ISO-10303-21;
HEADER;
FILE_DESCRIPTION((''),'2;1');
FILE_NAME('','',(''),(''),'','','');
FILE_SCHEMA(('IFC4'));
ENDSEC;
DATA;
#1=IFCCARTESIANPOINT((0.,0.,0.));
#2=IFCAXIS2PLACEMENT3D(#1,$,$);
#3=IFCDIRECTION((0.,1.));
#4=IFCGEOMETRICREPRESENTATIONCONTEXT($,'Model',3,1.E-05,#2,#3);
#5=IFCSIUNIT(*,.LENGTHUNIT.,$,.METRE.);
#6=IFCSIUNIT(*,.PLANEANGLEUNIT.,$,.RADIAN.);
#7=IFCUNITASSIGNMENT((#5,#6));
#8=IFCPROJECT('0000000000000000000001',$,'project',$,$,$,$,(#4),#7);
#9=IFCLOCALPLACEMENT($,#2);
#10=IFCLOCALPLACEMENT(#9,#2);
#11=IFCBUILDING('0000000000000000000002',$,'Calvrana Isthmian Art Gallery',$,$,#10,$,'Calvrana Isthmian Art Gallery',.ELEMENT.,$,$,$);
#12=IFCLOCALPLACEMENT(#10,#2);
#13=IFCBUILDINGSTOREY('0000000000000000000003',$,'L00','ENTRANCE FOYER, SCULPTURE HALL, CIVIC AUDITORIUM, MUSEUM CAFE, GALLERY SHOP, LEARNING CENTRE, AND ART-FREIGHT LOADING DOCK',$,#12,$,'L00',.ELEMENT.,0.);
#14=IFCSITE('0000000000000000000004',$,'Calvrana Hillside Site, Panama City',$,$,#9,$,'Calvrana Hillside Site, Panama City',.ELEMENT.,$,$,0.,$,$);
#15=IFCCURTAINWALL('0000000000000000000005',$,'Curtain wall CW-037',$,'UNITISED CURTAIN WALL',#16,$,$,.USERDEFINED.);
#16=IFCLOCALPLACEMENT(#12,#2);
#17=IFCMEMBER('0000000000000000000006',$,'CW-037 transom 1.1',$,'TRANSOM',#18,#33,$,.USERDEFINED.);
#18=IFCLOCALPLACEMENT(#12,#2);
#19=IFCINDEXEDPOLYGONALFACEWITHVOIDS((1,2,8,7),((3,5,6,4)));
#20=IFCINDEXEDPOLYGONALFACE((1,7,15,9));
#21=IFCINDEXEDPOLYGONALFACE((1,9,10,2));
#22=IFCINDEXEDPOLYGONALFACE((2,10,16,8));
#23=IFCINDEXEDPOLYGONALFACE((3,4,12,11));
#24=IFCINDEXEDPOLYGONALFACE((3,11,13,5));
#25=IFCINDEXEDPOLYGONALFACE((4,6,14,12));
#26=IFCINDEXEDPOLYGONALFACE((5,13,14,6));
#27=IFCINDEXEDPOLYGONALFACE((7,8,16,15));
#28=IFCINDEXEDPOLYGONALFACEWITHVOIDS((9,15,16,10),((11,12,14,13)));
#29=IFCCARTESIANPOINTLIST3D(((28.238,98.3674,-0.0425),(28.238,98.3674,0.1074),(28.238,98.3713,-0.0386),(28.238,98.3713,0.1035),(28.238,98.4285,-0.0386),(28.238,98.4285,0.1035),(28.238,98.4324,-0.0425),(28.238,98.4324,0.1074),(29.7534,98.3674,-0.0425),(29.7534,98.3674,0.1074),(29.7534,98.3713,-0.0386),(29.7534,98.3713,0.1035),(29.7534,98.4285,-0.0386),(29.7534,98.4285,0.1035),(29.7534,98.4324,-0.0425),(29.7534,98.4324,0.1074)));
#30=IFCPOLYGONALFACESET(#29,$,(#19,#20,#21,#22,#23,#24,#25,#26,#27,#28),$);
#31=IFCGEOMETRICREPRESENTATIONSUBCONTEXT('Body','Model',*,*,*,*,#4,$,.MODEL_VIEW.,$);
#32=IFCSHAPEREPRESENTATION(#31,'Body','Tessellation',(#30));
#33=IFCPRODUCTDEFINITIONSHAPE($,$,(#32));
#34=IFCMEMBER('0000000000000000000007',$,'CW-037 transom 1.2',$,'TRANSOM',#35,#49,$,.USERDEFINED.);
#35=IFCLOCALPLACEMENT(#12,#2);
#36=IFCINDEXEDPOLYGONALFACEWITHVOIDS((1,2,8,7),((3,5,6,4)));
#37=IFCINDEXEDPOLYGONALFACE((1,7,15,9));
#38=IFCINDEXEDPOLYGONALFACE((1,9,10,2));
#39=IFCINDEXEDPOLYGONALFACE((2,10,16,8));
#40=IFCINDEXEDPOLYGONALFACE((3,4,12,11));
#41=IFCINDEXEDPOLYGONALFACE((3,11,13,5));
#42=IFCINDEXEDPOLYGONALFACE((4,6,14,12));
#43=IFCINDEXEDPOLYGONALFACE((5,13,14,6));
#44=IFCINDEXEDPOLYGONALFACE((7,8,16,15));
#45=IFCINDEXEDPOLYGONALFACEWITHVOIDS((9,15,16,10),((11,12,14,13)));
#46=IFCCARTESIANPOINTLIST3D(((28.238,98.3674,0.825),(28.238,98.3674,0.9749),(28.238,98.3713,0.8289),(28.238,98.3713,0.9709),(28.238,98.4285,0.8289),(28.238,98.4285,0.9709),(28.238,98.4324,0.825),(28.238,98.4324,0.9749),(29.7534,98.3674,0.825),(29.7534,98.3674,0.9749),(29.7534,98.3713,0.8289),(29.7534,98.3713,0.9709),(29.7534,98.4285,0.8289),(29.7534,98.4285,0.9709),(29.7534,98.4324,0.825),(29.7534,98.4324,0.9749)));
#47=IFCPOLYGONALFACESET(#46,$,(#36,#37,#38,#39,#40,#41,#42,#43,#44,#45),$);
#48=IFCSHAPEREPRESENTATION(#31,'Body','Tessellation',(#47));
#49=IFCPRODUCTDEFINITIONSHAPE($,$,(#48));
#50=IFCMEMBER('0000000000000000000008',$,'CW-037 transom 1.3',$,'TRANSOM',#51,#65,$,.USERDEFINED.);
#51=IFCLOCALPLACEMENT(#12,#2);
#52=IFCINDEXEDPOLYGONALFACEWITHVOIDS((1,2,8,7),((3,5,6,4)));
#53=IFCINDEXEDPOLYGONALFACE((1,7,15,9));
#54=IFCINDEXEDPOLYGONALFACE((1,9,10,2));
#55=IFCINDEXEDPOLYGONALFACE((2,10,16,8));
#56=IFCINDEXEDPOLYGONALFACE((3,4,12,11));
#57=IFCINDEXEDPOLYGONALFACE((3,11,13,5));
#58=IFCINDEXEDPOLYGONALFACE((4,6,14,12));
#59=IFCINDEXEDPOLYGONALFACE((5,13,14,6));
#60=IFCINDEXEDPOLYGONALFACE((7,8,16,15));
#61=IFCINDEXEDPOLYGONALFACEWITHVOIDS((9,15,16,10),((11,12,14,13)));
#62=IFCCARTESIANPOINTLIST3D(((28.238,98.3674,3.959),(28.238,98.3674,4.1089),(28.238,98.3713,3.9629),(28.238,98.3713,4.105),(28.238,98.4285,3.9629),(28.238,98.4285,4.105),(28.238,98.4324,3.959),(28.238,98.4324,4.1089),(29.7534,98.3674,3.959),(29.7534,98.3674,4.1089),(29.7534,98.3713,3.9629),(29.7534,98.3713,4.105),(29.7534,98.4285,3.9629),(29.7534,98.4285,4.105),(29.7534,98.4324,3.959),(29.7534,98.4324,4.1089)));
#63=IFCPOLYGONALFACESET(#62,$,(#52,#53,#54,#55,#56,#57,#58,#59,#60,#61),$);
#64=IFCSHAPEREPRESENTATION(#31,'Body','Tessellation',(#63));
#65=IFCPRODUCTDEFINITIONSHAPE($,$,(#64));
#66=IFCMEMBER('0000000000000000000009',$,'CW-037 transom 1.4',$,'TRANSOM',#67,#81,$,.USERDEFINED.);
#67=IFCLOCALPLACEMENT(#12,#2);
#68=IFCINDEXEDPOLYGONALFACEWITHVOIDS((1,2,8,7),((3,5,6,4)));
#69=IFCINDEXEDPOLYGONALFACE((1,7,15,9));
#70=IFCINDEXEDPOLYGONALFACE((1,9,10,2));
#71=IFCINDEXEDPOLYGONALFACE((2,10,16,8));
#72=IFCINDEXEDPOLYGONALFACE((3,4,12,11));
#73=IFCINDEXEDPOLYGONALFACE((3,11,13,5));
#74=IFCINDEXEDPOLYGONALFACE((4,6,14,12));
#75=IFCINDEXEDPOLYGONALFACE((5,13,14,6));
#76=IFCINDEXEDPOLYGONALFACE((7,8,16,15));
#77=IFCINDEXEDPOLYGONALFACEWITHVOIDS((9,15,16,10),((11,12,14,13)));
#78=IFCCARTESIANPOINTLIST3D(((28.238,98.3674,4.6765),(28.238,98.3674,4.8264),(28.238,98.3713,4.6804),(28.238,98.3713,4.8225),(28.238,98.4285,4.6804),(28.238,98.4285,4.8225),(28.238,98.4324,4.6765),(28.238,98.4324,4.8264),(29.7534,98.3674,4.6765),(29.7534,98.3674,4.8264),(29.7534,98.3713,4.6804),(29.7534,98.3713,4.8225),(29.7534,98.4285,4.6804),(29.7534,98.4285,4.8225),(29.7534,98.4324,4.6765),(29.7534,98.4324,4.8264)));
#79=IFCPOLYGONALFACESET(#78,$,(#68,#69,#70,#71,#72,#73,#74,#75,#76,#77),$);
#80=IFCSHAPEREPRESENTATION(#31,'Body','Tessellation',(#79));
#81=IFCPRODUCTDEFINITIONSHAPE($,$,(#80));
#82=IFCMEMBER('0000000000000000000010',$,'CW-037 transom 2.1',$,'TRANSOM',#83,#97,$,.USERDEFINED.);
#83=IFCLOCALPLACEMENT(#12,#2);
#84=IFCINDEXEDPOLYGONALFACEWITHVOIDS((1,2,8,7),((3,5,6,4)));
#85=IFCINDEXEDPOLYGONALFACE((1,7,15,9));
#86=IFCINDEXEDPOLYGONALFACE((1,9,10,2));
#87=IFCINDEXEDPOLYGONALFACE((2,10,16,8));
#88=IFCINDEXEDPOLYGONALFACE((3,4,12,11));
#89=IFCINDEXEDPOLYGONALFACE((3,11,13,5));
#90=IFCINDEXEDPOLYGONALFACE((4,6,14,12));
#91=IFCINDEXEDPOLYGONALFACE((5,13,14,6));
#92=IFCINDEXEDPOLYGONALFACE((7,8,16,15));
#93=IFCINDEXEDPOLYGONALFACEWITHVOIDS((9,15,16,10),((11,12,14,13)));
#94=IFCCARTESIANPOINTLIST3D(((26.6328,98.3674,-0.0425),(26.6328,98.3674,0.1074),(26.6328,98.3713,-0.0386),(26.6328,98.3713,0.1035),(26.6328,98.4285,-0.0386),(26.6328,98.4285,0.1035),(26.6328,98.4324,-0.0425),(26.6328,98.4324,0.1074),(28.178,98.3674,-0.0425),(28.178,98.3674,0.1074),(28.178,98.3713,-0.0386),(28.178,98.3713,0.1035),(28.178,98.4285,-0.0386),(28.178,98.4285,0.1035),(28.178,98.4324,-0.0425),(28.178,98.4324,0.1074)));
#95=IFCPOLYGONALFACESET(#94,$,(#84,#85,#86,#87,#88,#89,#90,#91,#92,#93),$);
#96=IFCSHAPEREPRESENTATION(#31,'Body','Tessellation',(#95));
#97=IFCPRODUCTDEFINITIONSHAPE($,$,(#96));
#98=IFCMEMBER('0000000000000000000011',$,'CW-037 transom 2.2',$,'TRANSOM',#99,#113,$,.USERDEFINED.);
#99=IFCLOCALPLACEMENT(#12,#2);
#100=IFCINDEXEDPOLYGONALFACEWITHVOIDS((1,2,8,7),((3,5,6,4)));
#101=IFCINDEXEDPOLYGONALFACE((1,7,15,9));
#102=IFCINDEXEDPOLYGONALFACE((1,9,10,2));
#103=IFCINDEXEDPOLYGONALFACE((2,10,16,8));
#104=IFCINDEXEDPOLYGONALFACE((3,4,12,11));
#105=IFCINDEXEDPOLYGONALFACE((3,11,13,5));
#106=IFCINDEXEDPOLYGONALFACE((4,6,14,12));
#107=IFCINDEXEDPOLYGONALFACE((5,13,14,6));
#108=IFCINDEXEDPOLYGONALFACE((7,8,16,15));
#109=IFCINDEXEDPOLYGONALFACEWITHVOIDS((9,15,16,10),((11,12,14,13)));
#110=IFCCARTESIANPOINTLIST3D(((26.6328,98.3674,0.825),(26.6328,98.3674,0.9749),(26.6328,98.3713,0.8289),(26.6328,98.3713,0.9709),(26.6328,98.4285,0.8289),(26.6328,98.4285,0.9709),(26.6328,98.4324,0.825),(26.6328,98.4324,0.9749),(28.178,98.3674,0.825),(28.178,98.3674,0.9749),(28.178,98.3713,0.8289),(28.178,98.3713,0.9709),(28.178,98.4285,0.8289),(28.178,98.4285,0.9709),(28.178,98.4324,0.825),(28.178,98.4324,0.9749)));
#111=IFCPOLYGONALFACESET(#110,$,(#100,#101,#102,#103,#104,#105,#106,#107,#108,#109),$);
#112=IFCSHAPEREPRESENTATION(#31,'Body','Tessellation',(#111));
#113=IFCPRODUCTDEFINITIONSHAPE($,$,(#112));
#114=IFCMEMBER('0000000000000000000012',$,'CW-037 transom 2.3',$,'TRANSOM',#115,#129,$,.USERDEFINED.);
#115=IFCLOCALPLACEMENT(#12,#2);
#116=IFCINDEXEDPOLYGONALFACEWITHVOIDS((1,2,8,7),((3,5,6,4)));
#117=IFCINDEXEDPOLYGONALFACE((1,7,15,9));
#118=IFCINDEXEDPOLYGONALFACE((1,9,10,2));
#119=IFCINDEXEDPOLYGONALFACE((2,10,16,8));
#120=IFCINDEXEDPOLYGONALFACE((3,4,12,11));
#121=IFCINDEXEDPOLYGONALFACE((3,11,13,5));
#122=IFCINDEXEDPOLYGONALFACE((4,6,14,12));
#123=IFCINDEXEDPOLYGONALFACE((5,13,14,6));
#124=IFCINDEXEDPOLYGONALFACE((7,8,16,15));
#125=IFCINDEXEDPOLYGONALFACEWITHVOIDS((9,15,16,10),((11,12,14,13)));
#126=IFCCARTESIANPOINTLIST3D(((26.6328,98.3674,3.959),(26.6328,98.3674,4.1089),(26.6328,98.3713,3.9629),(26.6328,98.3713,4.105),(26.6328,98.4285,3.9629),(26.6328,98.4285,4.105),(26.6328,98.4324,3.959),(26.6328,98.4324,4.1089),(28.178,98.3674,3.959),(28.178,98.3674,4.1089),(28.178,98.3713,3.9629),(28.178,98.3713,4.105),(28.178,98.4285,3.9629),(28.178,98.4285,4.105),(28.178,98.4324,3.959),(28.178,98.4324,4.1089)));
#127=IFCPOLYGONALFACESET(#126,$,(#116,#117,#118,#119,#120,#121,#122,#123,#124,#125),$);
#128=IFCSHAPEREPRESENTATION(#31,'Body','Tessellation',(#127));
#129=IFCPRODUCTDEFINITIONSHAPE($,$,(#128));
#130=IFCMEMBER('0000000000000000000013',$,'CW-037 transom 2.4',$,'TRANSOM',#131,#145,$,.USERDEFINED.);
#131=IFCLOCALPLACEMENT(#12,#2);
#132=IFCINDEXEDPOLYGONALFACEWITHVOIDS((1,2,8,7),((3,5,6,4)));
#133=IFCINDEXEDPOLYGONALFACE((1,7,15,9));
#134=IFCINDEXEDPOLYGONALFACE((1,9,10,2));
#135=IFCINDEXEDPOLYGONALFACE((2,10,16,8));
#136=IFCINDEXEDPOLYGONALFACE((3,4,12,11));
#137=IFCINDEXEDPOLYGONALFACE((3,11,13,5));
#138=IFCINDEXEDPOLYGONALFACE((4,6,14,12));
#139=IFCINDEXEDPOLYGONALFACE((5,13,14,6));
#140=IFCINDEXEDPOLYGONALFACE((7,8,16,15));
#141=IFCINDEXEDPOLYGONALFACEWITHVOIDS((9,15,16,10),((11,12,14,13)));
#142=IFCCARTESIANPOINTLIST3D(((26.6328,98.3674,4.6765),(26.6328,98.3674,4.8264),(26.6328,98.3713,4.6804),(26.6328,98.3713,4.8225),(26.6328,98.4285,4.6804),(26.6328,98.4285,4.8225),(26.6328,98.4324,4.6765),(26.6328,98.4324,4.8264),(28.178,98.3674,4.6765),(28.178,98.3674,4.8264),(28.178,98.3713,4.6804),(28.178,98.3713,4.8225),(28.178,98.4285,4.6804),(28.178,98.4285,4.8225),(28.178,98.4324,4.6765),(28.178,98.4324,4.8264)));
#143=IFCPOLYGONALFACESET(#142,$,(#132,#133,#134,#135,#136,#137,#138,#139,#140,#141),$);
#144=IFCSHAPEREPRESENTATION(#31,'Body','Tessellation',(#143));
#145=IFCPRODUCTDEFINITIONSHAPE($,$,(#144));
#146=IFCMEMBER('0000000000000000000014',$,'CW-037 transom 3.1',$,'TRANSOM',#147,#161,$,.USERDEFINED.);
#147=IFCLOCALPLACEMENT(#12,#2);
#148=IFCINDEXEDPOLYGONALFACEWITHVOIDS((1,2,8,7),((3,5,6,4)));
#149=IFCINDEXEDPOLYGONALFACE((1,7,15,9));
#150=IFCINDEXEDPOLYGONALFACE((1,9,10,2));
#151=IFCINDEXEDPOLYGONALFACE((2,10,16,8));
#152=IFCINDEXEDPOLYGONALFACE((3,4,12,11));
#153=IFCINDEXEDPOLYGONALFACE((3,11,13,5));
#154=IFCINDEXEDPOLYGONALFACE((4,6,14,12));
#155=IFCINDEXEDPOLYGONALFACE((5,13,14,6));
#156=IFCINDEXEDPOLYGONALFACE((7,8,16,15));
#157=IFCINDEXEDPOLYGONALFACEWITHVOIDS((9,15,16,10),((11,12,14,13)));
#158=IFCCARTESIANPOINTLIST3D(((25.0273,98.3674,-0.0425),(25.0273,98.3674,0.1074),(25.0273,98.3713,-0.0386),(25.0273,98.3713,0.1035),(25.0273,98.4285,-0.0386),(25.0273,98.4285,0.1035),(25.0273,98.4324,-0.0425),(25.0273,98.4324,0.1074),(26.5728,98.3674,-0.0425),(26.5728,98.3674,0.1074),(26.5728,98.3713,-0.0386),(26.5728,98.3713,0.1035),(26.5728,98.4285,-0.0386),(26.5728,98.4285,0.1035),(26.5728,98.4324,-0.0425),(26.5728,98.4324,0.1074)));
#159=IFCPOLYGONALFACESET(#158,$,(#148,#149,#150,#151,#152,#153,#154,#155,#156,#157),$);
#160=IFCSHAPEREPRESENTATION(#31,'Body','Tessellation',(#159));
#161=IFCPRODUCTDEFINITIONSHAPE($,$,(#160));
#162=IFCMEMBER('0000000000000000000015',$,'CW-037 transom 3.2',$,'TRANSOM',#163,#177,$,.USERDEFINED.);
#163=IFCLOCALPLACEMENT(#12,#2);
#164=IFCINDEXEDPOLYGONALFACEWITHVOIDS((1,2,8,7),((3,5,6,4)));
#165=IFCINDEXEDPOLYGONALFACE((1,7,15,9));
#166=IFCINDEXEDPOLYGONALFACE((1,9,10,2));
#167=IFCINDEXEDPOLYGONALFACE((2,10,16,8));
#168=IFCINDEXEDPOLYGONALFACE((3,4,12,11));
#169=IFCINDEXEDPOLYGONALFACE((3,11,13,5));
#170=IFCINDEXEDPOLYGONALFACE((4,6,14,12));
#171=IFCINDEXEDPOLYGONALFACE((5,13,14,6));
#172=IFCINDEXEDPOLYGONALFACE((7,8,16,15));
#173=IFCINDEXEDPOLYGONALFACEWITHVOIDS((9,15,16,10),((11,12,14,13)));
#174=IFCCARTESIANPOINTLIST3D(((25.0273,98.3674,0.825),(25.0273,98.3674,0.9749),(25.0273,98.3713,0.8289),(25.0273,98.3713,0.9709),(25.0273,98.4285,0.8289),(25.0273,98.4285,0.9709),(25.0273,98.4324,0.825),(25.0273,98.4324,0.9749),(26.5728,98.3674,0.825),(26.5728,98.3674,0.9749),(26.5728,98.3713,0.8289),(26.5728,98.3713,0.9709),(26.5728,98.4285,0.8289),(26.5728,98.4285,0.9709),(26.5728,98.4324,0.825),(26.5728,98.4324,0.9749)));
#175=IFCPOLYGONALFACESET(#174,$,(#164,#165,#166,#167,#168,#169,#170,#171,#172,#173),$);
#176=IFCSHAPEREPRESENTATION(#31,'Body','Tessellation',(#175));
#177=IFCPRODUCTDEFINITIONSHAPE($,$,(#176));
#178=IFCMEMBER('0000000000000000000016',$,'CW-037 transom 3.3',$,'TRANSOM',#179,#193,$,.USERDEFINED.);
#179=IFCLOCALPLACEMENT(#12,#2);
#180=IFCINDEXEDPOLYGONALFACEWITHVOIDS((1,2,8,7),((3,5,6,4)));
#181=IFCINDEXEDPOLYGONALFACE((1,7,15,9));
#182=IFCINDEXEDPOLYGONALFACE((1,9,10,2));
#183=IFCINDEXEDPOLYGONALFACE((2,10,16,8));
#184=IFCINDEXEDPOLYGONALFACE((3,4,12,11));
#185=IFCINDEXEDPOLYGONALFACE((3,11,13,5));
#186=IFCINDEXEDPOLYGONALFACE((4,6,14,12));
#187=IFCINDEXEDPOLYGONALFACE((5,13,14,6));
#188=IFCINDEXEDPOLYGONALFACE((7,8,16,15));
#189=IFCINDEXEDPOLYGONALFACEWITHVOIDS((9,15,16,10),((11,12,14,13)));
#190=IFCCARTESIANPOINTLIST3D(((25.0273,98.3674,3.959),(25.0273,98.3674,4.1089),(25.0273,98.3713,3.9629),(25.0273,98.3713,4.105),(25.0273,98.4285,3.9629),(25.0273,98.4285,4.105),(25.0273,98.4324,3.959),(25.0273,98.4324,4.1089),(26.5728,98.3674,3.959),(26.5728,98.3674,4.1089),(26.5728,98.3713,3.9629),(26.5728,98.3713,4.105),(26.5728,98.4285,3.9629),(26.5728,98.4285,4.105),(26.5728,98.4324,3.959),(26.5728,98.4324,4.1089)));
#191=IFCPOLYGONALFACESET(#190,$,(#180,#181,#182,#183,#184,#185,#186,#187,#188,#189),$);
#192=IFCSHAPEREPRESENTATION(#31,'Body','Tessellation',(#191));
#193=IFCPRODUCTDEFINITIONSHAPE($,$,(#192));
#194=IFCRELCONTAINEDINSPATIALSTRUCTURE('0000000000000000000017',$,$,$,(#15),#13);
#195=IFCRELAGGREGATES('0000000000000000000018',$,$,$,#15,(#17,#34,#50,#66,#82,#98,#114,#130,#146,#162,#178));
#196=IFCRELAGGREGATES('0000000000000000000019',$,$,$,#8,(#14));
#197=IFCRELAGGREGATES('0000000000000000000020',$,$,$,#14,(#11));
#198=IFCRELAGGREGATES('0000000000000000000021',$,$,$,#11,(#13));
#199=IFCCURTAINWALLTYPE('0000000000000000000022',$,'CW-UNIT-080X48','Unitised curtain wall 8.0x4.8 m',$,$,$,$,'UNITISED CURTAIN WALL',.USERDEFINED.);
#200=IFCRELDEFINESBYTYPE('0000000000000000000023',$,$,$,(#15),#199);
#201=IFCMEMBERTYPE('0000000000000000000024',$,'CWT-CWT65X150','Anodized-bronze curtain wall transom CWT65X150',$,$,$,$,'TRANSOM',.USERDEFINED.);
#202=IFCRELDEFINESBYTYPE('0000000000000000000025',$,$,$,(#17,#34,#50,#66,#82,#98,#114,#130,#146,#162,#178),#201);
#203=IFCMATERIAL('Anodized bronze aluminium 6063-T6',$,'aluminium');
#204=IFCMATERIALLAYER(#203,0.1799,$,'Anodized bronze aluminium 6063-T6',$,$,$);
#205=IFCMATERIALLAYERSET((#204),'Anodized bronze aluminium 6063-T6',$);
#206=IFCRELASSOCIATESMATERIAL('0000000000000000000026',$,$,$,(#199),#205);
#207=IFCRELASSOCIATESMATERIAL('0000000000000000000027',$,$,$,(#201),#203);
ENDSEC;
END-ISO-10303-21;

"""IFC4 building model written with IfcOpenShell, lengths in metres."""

from ifc_helpers import new_model, si_unit, direction, frame, origin, origin_2d, place, context, subcontext, project, spatial, hollow_rectangle, extrude, material, layer, layer_set, material_profile, profile_set, type_object, element, aggregate, save


model = new_model("IFC4")

# Units and contexts
model_context = context("Model", 3, precision=1e-05, world=origin(), true_north=direction((0.0, 1.0)))
body_context = subcontext(model_context, "Body", "Model", "MODEL_VIEW")
ifc_project = project(units=[si_unit("LENGTHUNIT", "METRE"), si_unit("PLANEANGLEUNIT", "RADIAN")], contexts=[model_context])

# Site, building, storey
site_placement = place(None, origin())
site = spatial("IfcSite", under=ifc_project, at=site_placement, Name="Calvrana Hillside Site, Panama City", LongName="Calvrana Hillside Site, Panama City", CompositionType="ELEMENT", RefElevation=0.0)
building_placement = place(site_placement, origin())
building = spatial("IfcBuilding", under=site, at=building_placement, Name="Calvrana Isthmian Art Gallery", LongName="Calvrana Isthmian Art Gallery", CompositionType="ELEMENT")
storey_placement = place(building_placement, origin())
storey = spatial("IfcBuildingStorey", under=building, at=storey_placement, Name="L00", Description="ENTRANCE FOYER, SCULPTURE HALL, CIVIC AUDITORIUM, MUSEUM CAFE, GALLERY SHOP, LEARNING CENTRE, AND ART-FREIGHT LOADING DOCK", LongName="L00", CompositionType="ELEMENT", Elevation=0.0)

# Curtain wall, members
ifc_material_1 = material(Name="Anodized bronze aluminium 6063-T6", Category="aluminium")
ifc_layer_1 = layer(ifc_material_1, 0.1799, Name="Anodized bronze aluminium 6063-T6")
ifc_layer_set_1 = layer_set([ifc_layer_1], Name="Anodized bronze aluminium 6063-T6")
curtain_wall_type = type_object("IfcCurtainWallType", Name="CW-UNIT-080X48", Description="Unitised curtain wall 8.0x4.8 m", ElementType="UNITISED CURTAIN WALL", PredefinedType="USERDEFINED", material=ifc_layer_set_1)
curtain_wall_placement = place(storey_placement, origin())
curtain_wall = element("IfcCurtainWall", 1, at=curtain_wall_placement, inside=storey, type_object=curtain_wall_type, Name="Curtain wall CW-037", ObjectType="UNITISED CURTAIN WALL", PredefinedType="USERDEFINED")
ifc_material_profile_1 = material_profile(ifc_material_1, hollow_rectangle(XDim=0.0649, YDim=0.1499, WallThickness=0.0039, at=origin_2d()), Name="CWT65X150")
ifc_profile_set_1 = profile_set([ifc_material_profile_1], Name="Anodized bronze aluminium 6063-T6")
member_type_1 = type_object("IfcMemberType", Name="CWT-CWT65X150", Description="Anodized-bronze curtain wall transom CWT65X150", ElementType="TRANSOM", PredefinedType="USERDEFINED", material=ifc_profile_set_1)
member_1_placement = place(storey_placement, frame((29.7534, 98.3999, 0.0325), z_axis=(-1.0, 0.0, 0.0), x_axis=(0.0, -1.0, 0.0)))
member_1 = element("IfcMember", 2, at=member_1_placement, type_object=member_type_1, Name="CW-037 transom 1.1", ObjectType="TRANSOM", PredefinedType="USERDEFINED", context=body_context, shape_type="SweptSolid", body=[
    extrude(hollow_rectangle(XDim=0.0649, YDim=0.1499, WallThickness=0.0039, at=origin_2d()), origin(), (0.0, 0.0, 1.0), 1.5154),
])
member_2_placement = place(storey_placement, frame((29.7534, 98.3999, 0.8999), z_axis=(-1.0, 0.0, 0.0), x_axis=(0.0, -1.0, 0.0)))
member_2 = element("IfcMember", 3, at=member_2_placement, type_object=member_type_1, Name="CW-037 transom 1.2", ObjectType="TRANSOM", PredefinedType="USERDEFINED", context=body_context, shape_type="SweptSolid", body=[
    extrude(hollow_rectangle(XDim=0.0649, YDim=0.1499, WallThickness=0.0039, at=origin_2d()), origin(), (0.0, 0.0, 1.0), 1.5154),
])
member_3_placement = place(storey_placement, frame((29.7534, 98.3999, 4.0339), z_axis=(-1.0, 0.0, 0.0), x_axis=(0.0, -1.0, 0.0)))
member_3 = element("IfcMember", 4, at=member_3_placement, type_object=member_type_1, Name="CW-037 transom 1.3", ObjectType="TRANSOM", PredefinedType="USERDEFINED", context=body_context, shape_type="SweptSolid", body=[
    extrude(hollow_rectangle(XDim=0.0649, YDim=0.1499, WallThickness=0.0039, at=origin_2d()), origin(), (0.0, 0.0, 1.0), 1.5154),
])
member_4_placement = place(storey_placement, frame((29.7534, 98.3999, 4.7515), z_axis=(-1.0, 0.0, 0.0), x_axis=(0.0, -1.0, 0.0)))
member_4 = element("IfcMember", 5, at=member_4_placement, type_object=member_type_1, Name="CW-037 transom 1.4", ObjectType="TRANSOM", PredefinedType="USERDEFINED", context=body_context, shape_type="SweptSolid", body=[
    extrude(hollow_rectangle(XDim=0.0649, YDim=0.1499, WallThickness=0.0039, at=origin_2d()), origin(), (0.0, 0.0, 1.0), 1.5154),
])
member_5_placement = place(storey_placement, frame((28.178, 98.3999, 0.0325), z_axis=(-1.0, 0.0, 0.0), x_axis=(0.0, -1.0, 0.0)))
member_5 = element("IfcMember", 6, at=member_5_placement, type_object=member_type_1, Name="CW-037 transom 2.1", ObjectType="TRANSOM", PredefinedType="USERDEFINED", context=body_context, shape_type="SweptSolid", body=[
    extrude(hollow_rectangle(XDim=0.0649, YDim=0.1499, WallThickness=0.0039, at=origin_2d()), origin(), (0.0, 0.0, 1.0), 1.5452),
])
member_6_placement = place(storey_placement, frame((28.178, 98.3999, 0.8999), z_axis=(-1.0, 0.0, 0.0), x_axis=(0.0, -1.0, 0.0)))
member_6 = element("IfcMember", 7, at=member_6_placement, type_object=member_type_1, Name="CW-037 transom 2.2", ObjectType="TRANSOM", PredefinedType="USERDEFINED", context=body_context, shape_type="SweptSolid", body=[
    extrude(hollow_rectangle(XDim=0.0649, YDim=0.1499, WallThickness=0.0039, at=origin_2d()), origin(), (0.0, 0.0, 1.0), 1.5452),
])
member_7_placement = place(storey_placement, frame((28.178, 98.3999, 4.0339), z_axis=(-1.0, 0.0, 0.0), x_axis=(0.0, -1.0, 0.0)))
member_7 = element("IfcMember", 8, at=member_7_placement, type_object=member_type_1, Name="CW-037 transom 2.3", ObjectType="TRANSOM", PredefinedType="USERDEFINED", context=body_context, shape_type="SweptSolid", body=[
    extrude(hollow_rectangle(XDim=0.0649, YDim=0.1499, WallThickness=0.0039, at=origin_2d()), origin(), (0.0, 0.0, 1.0), 1.5452),
])
member_8_placement = place(storey_placement, frame((28.178, 98.3999, 4.7515), z_axis=(-1.0, 0.0, 0.0), x_axis=(0.0, -1.0, 0.0)))
member_8 = element("IfcMember", 9, at=member_8_placement, type_object=member_type_1, Name="CW-037 transom 2.4", ObjectType="TRANSOM", PredefinedType="USERDEFINED", context=body_context, shape_type="SweptSolid", body=[
    extrude(hollow_rectangle(XDim=0.0649, YDim=0.1499, WallThickness=0.0039, at=origin_2d()), origin(), (0.0, 0.0, 1.0), 1.5452),
])
member_9_placement = place(storey_placement, frame((26.5728, 98.3999, 0.0325), z_axis=(-1.0, 0.0, 0.0), x_axis=(0.0, -1.0, 0.0)))
member_9 = element("IfcMember", 10, at=member_9_placement, type_object=member_type_1, Name="CW-037 transom 3.1", ObjectType="TRANSOM", PredefinedType="USERDEFINED", context=body_context, shape_type="SweptSolid", body=[
    extrude(hollow_rectangle(XDim=0.0649, YDim=0.1499, WallThickness=0.0039, at=origin_2d()), origin(), (0.0, 0.0, 1.0), 1.5454),
])
member_10_placement = place(storey_placement, frame((26.5728, 98.3999, 0.8999), z_axis=(-1.0, 0.0, 0.0), x_axis=(0.0, -1.0, 0.0)))
member_10 = element("IfcMember", 11, at=member_10_placement, type_object=member_type_1, Name="CW-037 transom 3.2", ObjectType="TRANSOM", PredefinedType="USERDEFINED", context=body_context, shape_type="SweptSolid", body=[
    extrude(hollow_rectangle(XDim=0.0649, YDim=0.1499, WallThickness=0.0039, at=origin_2d()), origin(), (0.0, 0.0, 1.0), 1.5454),
])
member_11_placement = place(storey_placement, frame((26.5728, 98.3999, 4.0339), z_axis=(-1.0, 0.0, 0.0), x_axis=(0.0, -1.0, 0.0)))
member_11 = element("IfcMember", 12, at=member_11_placement, type_object=member_type_1, Name="CW-037 transom 3.3", ObjectType="TRANSOM", PredefinedType="USERDEFINED", context=body_context, shape_type="SweptSolid", body=[
    extrude(hollow_rectangle(XDim=0.0649, YDim=0.1499, WallThickness=0.0039, at=origin_2d()), origin(), (0.0, 0.0, 1.0), 1.5454),
])
aggregate(curtain_wall, [member_1, member_2, member_3, member_4, member_5, member_6, member_7, member_8, member_9, member_10, member_11])

save(model, "model.ifc")
